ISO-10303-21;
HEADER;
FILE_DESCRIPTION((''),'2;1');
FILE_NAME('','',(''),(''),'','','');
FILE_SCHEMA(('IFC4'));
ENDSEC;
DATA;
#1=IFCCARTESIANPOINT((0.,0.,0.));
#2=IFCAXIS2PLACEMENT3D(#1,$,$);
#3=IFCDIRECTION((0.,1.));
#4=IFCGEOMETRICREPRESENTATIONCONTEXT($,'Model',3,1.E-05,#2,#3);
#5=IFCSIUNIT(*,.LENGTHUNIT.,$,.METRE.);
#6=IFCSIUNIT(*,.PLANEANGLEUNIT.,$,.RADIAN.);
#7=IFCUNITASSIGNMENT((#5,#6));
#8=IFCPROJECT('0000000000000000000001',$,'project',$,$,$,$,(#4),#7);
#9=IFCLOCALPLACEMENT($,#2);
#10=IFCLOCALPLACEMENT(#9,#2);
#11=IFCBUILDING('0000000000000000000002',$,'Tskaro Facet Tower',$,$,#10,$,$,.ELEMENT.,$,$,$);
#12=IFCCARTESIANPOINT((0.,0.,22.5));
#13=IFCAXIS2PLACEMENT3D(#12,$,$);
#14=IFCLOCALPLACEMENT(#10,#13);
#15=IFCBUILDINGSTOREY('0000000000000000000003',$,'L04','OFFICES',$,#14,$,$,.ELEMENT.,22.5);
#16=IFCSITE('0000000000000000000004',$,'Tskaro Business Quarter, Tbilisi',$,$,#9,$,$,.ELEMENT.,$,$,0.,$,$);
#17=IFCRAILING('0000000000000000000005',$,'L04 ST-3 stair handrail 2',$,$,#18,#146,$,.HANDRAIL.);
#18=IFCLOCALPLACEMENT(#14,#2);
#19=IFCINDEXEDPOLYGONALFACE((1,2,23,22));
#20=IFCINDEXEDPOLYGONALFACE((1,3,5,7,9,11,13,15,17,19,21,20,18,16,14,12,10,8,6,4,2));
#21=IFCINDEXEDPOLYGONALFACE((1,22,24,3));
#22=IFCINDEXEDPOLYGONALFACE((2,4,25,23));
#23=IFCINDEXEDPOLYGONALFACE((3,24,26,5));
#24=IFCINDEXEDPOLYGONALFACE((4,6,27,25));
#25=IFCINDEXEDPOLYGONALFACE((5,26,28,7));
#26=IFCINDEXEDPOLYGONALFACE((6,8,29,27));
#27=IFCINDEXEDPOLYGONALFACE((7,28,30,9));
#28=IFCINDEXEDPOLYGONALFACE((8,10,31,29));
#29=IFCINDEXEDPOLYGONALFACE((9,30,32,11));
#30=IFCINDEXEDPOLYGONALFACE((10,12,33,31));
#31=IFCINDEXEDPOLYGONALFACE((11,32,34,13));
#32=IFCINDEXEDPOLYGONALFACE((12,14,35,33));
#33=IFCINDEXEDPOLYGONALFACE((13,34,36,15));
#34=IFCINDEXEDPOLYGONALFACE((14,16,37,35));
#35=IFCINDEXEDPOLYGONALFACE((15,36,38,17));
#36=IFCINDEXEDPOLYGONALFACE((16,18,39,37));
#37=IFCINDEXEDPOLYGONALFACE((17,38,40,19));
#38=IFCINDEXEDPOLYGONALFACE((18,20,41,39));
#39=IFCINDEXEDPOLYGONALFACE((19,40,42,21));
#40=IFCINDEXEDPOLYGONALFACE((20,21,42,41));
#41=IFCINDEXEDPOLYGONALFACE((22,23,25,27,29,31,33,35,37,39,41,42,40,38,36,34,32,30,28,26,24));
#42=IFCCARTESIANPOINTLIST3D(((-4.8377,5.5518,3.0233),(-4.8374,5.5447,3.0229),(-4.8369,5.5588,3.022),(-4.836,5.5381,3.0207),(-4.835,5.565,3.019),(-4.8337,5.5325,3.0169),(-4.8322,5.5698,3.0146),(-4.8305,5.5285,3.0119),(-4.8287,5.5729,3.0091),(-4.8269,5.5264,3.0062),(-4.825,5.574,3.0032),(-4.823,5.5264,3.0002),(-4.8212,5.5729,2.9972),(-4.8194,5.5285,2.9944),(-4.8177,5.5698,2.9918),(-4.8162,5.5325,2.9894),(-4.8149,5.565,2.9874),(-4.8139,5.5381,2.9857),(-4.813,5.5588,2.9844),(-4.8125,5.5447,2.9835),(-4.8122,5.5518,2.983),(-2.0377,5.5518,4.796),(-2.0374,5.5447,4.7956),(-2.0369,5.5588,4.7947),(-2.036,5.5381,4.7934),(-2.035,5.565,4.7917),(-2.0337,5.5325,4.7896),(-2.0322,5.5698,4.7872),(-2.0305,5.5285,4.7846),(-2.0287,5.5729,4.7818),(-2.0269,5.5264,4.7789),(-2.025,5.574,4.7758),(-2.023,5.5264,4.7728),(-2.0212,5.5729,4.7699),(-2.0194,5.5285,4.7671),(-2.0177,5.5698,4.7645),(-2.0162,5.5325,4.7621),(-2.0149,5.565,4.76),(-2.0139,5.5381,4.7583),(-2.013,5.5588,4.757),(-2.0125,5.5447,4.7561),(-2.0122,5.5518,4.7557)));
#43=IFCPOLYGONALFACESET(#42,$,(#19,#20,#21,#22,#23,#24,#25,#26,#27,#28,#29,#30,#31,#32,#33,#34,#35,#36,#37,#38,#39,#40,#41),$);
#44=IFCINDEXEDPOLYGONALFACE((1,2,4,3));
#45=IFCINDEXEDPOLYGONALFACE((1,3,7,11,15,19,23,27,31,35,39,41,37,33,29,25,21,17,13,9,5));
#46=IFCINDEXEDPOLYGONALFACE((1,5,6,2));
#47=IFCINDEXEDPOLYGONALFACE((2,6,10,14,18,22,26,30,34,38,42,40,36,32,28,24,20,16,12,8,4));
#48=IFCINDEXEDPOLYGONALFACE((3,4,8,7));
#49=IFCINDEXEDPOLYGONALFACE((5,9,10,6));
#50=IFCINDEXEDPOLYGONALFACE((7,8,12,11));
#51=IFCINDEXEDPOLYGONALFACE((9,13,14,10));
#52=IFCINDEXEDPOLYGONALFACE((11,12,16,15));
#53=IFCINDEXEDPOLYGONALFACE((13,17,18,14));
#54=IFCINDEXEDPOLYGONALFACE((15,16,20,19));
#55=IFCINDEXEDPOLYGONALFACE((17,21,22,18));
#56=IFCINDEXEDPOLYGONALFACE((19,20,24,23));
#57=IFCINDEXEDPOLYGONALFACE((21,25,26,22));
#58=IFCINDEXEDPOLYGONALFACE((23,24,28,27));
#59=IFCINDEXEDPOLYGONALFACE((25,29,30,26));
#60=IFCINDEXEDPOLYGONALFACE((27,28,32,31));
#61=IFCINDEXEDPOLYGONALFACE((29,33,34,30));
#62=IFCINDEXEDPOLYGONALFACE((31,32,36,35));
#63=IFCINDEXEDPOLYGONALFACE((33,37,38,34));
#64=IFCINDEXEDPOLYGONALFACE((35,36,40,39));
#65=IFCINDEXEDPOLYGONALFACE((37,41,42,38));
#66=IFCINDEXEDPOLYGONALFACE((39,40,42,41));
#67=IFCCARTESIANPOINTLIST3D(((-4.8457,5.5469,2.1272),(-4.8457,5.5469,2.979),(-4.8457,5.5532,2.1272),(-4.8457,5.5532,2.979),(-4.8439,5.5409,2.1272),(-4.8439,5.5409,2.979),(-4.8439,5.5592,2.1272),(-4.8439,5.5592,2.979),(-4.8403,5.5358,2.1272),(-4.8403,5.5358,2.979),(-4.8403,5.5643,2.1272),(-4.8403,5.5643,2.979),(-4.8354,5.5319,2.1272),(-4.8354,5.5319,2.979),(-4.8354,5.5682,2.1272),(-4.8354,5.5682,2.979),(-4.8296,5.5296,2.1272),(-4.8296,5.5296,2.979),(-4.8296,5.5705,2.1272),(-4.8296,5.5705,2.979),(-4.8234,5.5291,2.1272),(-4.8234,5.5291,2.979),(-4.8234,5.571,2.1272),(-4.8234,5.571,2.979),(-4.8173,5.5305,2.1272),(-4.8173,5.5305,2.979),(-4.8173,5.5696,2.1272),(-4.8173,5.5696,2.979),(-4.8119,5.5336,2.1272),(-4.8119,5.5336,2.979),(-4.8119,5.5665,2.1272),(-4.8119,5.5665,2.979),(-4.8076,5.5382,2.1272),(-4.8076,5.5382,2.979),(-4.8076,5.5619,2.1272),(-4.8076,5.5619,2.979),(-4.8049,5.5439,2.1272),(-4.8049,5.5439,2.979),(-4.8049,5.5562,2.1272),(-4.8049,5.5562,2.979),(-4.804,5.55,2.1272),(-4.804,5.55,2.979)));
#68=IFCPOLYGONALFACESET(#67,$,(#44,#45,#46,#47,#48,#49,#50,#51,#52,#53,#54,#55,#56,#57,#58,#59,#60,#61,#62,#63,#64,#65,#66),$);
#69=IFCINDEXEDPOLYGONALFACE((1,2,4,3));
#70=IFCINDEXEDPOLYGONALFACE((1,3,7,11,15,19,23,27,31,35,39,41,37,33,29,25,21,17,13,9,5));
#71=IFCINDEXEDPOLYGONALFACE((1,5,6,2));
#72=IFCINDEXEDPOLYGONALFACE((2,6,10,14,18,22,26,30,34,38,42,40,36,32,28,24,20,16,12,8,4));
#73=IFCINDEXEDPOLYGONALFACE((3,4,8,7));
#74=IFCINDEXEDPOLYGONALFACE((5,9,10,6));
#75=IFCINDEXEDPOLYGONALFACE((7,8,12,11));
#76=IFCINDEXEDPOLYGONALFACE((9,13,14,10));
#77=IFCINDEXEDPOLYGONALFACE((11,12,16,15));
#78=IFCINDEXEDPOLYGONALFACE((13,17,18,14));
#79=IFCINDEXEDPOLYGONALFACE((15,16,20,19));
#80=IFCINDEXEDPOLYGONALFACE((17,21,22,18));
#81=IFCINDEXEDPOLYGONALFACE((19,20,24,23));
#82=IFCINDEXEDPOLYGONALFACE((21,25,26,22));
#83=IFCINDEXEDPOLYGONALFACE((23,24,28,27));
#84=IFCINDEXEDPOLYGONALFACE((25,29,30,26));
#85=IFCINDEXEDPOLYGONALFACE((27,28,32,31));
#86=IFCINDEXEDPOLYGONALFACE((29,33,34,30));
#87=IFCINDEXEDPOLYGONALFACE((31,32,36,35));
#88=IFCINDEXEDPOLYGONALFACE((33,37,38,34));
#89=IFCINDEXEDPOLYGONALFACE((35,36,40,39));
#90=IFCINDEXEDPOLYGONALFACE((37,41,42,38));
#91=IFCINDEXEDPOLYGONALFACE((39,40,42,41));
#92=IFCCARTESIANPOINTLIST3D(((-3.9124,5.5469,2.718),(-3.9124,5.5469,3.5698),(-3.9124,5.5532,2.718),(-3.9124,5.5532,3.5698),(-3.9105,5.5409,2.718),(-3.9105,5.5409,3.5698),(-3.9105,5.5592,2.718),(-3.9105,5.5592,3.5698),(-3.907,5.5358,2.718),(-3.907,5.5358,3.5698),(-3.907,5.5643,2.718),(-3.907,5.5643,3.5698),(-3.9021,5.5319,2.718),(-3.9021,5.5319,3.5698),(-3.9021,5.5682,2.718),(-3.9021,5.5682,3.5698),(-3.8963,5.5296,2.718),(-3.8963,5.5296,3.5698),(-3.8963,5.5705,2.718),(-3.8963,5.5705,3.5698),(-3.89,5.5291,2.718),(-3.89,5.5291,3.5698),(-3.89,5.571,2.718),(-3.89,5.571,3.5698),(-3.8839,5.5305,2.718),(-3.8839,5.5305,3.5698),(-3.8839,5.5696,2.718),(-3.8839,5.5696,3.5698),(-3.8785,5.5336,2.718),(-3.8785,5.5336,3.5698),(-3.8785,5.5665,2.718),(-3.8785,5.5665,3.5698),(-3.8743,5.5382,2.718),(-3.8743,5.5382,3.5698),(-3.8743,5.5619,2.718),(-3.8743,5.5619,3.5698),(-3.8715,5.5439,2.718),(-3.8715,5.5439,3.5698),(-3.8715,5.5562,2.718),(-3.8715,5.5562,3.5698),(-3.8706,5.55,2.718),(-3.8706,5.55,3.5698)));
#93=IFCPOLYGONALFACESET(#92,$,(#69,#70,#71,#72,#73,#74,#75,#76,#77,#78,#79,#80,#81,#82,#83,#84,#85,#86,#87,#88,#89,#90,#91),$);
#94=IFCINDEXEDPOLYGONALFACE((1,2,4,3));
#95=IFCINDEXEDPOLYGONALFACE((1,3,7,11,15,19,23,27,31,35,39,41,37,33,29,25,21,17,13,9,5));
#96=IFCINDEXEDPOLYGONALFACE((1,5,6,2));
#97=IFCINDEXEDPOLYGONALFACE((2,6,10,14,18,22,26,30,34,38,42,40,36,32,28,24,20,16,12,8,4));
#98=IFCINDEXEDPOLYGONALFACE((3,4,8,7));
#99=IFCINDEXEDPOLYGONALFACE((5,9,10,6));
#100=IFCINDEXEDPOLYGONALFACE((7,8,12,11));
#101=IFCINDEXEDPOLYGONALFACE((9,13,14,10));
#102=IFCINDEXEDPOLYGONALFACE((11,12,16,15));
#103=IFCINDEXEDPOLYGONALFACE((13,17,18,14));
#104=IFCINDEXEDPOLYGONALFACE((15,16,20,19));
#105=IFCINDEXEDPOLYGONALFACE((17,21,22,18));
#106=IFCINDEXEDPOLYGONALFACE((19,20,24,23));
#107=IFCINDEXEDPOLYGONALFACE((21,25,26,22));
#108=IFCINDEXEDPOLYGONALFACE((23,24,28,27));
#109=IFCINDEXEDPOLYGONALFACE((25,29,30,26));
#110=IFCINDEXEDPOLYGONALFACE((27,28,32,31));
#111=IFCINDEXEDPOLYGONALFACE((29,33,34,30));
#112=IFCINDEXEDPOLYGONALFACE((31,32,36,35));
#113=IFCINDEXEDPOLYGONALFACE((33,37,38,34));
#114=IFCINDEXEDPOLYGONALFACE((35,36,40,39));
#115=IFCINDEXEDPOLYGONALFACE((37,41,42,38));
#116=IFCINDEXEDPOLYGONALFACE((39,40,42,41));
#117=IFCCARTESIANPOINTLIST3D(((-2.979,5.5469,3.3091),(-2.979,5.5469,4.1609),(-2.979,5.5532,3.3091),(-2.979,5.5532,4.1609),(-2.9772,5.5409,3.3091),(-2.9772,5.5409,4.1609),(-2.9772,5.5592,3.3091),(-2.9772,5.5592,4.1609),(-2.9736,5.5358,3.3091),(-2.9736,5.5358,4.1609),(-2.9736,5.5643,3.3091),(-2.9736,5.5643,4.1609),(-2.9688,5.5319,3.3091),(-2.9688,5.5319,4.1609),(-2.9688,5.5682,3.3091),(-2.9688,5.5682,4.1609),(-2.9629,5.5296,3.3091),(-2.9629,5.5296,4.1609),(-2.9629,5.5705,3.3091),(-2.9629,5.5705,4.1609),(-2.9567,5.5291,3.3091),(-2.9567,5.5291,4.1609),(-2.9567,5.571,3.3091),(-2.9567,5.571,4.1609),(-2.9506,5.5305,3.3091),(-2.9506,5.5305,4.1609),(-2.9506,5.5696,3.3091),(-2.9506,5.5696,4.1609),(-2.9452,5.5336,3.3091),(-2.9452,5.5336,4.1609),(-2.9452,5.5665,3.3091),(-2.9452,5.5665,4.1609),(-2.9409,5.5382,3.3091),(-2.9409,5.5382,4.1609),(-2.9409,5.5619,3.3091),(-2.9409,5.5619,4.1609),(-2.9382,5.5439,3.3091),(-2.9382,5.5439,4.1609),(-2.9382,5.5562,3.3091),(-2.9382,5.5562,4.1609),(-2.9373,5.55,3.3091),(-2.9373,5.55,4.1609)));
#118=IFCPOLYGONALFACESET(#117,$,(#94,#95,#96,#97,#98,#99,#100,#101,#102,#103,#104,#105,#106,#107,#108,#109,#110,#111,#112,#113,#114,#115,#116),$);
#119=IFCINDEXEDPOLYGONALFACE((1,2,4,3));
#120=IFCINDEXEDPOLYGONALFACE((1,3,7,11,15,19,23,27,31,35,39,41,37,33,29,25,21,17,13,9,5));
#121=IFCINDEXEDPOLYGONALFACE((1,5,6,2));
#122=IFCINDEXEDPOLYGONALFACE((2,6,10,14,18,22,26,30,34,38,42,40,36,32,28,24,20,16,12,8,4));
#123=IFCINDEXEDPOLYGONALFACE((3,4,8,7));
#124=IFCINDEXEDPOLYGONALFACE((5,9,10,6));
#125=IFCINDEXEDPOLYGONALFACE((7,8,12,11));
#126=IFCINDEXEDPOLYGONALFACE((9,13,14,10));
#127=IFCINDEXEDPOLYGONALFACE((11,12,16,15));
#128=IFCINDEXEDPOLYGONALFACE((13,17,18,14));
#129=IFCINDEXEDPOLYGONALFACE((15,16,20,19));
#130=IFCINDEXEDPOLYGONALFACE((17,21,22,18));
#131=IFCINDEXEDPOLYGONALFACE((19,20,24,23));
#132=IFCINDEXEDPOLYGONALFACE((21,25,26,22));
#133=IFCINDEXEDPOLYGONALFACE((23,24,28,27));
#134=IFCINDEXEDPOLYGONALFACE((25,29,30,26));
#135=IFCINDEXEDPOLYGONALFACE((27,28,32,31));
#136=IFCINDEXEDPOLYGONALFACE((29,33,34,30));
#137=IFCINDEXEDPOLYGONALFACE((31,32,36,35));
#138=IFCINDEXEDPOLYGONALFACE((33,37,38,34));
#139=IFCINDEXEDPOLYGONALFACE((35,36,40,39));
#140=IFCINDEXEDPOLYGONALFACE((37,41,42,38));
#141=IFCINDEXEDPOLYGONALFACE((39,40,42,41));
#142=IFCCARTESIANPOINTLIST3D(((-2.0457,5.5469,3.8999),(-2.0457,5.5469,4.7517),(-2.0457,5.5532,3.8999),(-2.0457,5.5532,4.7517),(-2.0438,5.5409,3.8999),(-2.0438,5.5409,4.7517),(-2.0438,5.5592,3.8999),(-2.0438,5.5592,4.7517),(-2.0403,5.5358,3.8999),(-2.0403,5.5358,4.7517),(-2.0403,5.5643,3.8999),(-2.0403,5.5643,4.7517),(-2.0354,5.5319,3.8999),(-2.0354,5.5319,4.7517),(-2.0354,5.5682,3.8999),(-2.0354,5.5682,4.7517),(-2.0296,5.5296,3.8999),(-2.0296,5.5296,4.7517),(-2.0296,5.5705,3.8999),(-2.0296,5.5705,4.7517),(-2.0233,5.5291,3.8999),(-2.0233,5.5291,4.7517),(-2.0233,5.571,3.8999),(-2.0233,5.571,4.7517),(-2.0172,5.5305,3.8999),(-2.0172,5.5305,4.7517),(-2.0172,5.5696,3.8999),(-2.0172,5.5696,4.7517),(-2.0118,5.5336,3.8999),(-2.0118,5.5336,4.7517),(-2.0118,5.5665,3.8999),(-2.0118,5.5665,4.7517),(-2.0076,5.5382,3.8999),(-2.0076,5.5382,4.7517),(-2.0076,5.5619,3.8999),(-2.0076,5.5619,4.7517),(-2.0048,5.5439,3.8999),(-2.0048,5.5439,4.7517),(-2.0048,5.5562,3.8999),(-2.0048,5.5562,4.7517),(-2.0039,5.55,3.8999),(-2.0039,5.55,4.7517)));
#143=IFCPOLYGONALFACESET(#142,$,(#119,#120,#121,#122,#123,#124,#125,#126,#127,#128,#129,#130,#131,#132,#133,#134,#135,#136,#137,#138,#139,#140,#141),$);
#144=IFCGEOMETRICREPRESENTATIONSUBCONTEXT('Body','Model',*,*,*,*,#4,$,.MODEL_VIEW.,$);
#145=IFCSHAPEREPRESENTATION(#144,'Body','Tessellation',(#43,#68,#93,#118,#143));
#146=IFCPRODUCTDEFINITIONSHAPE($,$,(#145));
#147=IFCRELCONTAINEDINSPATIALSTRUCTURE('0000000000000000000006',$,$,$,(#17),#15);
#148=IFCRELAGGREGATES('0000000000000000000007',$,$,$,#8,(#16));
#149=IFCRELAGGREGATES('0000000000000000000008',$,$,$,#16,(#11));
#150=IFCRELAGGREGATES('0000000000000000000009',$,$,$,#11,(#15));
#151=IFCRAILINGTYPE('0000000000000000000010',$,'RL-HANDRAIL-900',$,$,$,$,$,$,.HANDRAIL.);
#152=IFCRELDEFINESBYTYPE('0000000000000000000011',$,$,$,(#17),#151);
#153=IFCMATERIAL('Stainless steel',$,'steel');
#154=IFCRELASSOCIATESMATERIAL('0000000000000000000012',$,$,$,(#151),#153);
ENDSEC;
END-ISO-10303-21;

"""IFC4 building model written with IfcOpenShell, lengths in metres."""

from ifc_helpers import new_model, si_unit, direction, frame, origin, origin_2d, place, context, subcontext, project, spatial, circle, extrude, material, type_object, element, save


model = new_model("IFC4")

# Units and contexts
model_context = context("Model", 3, precision=1e-05, world=origin(), true_north=direction((0.0, 1.0)))
body_context = subcontext(model_context, "Body", "Model", "MODEL_VIEW")
ifc_project = project(units=[si_unit("LENGTHUNIT", "METRE"), si_unit("PLANEANGLEUNIT", "RADIAN")], contexts=[model_context])

# Site, building, storey
site_placement = place(None, origin())
site = spatial("IfcSite", under=ifc_project, at=site_placement, Name="Tskaro Business Quarter, Tbilisi", CompositionType="ELEMENT", RefElevation=0.0)
building_placement = place(site_placement, origin())
building = spatial("IfcBuilding", under=site, at=building_placement, Name="Tskaro Facet Tower", CompositionType="ELEMENT")
storey_placement = place(building_placement, frame((0.0, 0.0, 22.5)))
storey = spatial("IfcBuildingStorey", under=building, at=storey_placement, Name="L04", Description="OFFICES", CompositionType="ELEMENT", Elevation=22.5)

# Railing
ifc_material_1 = material(Name="Stainless steel", Category="steel")
railing_type_1 = type_object("IfcRailingType", Name="RL-HANDRAIL-900", PredefinedType="HANDRAIL", material=ifc_material_1)
railing_1_placement = place(storey_placement, frame((-4.825, 5.55, 2.1272)))
element("IfcRailing", 1, at=railing_1_placement, inside=storey, type_object=railing_type_1, Name="L04 ST-3 stair handrail 2", PredefinedType="HANDRAIL", context=body_context, shape_type="SweptSolid", body=[
    extrude(circle(Radius=0.0239, at=origin_2d()), frame((0.0, 0.0, 0.876), z_axis=(0.844909, 0.0, 0.53491), x_axis=(0.0, 1.0, 0.0)), (0.0, 0.0, 1.0), 3.314),
    extrude(circle(Radius=0.021, at=origin_2d()), origin(), (0.0, 0.0, 1.0), 0.8518),
    extrude(circle(Radius=0.021, at=origin_2d()), frame((0.9333, 0.0, 0.5908)), (0.0, 0.0, 1.0), 0.8518),
    extrude(circle(Radius=0.021, at=origin_2d()), frame((1.8667, 0.0, 1.1819)), (0.0, 0.0, 1.0), 0.8518),
    extrude(circle(Radius=0.021, at=origin_2d()), frame((2.8, 0.0, 1.7727)), (0.0, 0.0, 1.0), 0.8518),
])

save(model, "model.ifc")
